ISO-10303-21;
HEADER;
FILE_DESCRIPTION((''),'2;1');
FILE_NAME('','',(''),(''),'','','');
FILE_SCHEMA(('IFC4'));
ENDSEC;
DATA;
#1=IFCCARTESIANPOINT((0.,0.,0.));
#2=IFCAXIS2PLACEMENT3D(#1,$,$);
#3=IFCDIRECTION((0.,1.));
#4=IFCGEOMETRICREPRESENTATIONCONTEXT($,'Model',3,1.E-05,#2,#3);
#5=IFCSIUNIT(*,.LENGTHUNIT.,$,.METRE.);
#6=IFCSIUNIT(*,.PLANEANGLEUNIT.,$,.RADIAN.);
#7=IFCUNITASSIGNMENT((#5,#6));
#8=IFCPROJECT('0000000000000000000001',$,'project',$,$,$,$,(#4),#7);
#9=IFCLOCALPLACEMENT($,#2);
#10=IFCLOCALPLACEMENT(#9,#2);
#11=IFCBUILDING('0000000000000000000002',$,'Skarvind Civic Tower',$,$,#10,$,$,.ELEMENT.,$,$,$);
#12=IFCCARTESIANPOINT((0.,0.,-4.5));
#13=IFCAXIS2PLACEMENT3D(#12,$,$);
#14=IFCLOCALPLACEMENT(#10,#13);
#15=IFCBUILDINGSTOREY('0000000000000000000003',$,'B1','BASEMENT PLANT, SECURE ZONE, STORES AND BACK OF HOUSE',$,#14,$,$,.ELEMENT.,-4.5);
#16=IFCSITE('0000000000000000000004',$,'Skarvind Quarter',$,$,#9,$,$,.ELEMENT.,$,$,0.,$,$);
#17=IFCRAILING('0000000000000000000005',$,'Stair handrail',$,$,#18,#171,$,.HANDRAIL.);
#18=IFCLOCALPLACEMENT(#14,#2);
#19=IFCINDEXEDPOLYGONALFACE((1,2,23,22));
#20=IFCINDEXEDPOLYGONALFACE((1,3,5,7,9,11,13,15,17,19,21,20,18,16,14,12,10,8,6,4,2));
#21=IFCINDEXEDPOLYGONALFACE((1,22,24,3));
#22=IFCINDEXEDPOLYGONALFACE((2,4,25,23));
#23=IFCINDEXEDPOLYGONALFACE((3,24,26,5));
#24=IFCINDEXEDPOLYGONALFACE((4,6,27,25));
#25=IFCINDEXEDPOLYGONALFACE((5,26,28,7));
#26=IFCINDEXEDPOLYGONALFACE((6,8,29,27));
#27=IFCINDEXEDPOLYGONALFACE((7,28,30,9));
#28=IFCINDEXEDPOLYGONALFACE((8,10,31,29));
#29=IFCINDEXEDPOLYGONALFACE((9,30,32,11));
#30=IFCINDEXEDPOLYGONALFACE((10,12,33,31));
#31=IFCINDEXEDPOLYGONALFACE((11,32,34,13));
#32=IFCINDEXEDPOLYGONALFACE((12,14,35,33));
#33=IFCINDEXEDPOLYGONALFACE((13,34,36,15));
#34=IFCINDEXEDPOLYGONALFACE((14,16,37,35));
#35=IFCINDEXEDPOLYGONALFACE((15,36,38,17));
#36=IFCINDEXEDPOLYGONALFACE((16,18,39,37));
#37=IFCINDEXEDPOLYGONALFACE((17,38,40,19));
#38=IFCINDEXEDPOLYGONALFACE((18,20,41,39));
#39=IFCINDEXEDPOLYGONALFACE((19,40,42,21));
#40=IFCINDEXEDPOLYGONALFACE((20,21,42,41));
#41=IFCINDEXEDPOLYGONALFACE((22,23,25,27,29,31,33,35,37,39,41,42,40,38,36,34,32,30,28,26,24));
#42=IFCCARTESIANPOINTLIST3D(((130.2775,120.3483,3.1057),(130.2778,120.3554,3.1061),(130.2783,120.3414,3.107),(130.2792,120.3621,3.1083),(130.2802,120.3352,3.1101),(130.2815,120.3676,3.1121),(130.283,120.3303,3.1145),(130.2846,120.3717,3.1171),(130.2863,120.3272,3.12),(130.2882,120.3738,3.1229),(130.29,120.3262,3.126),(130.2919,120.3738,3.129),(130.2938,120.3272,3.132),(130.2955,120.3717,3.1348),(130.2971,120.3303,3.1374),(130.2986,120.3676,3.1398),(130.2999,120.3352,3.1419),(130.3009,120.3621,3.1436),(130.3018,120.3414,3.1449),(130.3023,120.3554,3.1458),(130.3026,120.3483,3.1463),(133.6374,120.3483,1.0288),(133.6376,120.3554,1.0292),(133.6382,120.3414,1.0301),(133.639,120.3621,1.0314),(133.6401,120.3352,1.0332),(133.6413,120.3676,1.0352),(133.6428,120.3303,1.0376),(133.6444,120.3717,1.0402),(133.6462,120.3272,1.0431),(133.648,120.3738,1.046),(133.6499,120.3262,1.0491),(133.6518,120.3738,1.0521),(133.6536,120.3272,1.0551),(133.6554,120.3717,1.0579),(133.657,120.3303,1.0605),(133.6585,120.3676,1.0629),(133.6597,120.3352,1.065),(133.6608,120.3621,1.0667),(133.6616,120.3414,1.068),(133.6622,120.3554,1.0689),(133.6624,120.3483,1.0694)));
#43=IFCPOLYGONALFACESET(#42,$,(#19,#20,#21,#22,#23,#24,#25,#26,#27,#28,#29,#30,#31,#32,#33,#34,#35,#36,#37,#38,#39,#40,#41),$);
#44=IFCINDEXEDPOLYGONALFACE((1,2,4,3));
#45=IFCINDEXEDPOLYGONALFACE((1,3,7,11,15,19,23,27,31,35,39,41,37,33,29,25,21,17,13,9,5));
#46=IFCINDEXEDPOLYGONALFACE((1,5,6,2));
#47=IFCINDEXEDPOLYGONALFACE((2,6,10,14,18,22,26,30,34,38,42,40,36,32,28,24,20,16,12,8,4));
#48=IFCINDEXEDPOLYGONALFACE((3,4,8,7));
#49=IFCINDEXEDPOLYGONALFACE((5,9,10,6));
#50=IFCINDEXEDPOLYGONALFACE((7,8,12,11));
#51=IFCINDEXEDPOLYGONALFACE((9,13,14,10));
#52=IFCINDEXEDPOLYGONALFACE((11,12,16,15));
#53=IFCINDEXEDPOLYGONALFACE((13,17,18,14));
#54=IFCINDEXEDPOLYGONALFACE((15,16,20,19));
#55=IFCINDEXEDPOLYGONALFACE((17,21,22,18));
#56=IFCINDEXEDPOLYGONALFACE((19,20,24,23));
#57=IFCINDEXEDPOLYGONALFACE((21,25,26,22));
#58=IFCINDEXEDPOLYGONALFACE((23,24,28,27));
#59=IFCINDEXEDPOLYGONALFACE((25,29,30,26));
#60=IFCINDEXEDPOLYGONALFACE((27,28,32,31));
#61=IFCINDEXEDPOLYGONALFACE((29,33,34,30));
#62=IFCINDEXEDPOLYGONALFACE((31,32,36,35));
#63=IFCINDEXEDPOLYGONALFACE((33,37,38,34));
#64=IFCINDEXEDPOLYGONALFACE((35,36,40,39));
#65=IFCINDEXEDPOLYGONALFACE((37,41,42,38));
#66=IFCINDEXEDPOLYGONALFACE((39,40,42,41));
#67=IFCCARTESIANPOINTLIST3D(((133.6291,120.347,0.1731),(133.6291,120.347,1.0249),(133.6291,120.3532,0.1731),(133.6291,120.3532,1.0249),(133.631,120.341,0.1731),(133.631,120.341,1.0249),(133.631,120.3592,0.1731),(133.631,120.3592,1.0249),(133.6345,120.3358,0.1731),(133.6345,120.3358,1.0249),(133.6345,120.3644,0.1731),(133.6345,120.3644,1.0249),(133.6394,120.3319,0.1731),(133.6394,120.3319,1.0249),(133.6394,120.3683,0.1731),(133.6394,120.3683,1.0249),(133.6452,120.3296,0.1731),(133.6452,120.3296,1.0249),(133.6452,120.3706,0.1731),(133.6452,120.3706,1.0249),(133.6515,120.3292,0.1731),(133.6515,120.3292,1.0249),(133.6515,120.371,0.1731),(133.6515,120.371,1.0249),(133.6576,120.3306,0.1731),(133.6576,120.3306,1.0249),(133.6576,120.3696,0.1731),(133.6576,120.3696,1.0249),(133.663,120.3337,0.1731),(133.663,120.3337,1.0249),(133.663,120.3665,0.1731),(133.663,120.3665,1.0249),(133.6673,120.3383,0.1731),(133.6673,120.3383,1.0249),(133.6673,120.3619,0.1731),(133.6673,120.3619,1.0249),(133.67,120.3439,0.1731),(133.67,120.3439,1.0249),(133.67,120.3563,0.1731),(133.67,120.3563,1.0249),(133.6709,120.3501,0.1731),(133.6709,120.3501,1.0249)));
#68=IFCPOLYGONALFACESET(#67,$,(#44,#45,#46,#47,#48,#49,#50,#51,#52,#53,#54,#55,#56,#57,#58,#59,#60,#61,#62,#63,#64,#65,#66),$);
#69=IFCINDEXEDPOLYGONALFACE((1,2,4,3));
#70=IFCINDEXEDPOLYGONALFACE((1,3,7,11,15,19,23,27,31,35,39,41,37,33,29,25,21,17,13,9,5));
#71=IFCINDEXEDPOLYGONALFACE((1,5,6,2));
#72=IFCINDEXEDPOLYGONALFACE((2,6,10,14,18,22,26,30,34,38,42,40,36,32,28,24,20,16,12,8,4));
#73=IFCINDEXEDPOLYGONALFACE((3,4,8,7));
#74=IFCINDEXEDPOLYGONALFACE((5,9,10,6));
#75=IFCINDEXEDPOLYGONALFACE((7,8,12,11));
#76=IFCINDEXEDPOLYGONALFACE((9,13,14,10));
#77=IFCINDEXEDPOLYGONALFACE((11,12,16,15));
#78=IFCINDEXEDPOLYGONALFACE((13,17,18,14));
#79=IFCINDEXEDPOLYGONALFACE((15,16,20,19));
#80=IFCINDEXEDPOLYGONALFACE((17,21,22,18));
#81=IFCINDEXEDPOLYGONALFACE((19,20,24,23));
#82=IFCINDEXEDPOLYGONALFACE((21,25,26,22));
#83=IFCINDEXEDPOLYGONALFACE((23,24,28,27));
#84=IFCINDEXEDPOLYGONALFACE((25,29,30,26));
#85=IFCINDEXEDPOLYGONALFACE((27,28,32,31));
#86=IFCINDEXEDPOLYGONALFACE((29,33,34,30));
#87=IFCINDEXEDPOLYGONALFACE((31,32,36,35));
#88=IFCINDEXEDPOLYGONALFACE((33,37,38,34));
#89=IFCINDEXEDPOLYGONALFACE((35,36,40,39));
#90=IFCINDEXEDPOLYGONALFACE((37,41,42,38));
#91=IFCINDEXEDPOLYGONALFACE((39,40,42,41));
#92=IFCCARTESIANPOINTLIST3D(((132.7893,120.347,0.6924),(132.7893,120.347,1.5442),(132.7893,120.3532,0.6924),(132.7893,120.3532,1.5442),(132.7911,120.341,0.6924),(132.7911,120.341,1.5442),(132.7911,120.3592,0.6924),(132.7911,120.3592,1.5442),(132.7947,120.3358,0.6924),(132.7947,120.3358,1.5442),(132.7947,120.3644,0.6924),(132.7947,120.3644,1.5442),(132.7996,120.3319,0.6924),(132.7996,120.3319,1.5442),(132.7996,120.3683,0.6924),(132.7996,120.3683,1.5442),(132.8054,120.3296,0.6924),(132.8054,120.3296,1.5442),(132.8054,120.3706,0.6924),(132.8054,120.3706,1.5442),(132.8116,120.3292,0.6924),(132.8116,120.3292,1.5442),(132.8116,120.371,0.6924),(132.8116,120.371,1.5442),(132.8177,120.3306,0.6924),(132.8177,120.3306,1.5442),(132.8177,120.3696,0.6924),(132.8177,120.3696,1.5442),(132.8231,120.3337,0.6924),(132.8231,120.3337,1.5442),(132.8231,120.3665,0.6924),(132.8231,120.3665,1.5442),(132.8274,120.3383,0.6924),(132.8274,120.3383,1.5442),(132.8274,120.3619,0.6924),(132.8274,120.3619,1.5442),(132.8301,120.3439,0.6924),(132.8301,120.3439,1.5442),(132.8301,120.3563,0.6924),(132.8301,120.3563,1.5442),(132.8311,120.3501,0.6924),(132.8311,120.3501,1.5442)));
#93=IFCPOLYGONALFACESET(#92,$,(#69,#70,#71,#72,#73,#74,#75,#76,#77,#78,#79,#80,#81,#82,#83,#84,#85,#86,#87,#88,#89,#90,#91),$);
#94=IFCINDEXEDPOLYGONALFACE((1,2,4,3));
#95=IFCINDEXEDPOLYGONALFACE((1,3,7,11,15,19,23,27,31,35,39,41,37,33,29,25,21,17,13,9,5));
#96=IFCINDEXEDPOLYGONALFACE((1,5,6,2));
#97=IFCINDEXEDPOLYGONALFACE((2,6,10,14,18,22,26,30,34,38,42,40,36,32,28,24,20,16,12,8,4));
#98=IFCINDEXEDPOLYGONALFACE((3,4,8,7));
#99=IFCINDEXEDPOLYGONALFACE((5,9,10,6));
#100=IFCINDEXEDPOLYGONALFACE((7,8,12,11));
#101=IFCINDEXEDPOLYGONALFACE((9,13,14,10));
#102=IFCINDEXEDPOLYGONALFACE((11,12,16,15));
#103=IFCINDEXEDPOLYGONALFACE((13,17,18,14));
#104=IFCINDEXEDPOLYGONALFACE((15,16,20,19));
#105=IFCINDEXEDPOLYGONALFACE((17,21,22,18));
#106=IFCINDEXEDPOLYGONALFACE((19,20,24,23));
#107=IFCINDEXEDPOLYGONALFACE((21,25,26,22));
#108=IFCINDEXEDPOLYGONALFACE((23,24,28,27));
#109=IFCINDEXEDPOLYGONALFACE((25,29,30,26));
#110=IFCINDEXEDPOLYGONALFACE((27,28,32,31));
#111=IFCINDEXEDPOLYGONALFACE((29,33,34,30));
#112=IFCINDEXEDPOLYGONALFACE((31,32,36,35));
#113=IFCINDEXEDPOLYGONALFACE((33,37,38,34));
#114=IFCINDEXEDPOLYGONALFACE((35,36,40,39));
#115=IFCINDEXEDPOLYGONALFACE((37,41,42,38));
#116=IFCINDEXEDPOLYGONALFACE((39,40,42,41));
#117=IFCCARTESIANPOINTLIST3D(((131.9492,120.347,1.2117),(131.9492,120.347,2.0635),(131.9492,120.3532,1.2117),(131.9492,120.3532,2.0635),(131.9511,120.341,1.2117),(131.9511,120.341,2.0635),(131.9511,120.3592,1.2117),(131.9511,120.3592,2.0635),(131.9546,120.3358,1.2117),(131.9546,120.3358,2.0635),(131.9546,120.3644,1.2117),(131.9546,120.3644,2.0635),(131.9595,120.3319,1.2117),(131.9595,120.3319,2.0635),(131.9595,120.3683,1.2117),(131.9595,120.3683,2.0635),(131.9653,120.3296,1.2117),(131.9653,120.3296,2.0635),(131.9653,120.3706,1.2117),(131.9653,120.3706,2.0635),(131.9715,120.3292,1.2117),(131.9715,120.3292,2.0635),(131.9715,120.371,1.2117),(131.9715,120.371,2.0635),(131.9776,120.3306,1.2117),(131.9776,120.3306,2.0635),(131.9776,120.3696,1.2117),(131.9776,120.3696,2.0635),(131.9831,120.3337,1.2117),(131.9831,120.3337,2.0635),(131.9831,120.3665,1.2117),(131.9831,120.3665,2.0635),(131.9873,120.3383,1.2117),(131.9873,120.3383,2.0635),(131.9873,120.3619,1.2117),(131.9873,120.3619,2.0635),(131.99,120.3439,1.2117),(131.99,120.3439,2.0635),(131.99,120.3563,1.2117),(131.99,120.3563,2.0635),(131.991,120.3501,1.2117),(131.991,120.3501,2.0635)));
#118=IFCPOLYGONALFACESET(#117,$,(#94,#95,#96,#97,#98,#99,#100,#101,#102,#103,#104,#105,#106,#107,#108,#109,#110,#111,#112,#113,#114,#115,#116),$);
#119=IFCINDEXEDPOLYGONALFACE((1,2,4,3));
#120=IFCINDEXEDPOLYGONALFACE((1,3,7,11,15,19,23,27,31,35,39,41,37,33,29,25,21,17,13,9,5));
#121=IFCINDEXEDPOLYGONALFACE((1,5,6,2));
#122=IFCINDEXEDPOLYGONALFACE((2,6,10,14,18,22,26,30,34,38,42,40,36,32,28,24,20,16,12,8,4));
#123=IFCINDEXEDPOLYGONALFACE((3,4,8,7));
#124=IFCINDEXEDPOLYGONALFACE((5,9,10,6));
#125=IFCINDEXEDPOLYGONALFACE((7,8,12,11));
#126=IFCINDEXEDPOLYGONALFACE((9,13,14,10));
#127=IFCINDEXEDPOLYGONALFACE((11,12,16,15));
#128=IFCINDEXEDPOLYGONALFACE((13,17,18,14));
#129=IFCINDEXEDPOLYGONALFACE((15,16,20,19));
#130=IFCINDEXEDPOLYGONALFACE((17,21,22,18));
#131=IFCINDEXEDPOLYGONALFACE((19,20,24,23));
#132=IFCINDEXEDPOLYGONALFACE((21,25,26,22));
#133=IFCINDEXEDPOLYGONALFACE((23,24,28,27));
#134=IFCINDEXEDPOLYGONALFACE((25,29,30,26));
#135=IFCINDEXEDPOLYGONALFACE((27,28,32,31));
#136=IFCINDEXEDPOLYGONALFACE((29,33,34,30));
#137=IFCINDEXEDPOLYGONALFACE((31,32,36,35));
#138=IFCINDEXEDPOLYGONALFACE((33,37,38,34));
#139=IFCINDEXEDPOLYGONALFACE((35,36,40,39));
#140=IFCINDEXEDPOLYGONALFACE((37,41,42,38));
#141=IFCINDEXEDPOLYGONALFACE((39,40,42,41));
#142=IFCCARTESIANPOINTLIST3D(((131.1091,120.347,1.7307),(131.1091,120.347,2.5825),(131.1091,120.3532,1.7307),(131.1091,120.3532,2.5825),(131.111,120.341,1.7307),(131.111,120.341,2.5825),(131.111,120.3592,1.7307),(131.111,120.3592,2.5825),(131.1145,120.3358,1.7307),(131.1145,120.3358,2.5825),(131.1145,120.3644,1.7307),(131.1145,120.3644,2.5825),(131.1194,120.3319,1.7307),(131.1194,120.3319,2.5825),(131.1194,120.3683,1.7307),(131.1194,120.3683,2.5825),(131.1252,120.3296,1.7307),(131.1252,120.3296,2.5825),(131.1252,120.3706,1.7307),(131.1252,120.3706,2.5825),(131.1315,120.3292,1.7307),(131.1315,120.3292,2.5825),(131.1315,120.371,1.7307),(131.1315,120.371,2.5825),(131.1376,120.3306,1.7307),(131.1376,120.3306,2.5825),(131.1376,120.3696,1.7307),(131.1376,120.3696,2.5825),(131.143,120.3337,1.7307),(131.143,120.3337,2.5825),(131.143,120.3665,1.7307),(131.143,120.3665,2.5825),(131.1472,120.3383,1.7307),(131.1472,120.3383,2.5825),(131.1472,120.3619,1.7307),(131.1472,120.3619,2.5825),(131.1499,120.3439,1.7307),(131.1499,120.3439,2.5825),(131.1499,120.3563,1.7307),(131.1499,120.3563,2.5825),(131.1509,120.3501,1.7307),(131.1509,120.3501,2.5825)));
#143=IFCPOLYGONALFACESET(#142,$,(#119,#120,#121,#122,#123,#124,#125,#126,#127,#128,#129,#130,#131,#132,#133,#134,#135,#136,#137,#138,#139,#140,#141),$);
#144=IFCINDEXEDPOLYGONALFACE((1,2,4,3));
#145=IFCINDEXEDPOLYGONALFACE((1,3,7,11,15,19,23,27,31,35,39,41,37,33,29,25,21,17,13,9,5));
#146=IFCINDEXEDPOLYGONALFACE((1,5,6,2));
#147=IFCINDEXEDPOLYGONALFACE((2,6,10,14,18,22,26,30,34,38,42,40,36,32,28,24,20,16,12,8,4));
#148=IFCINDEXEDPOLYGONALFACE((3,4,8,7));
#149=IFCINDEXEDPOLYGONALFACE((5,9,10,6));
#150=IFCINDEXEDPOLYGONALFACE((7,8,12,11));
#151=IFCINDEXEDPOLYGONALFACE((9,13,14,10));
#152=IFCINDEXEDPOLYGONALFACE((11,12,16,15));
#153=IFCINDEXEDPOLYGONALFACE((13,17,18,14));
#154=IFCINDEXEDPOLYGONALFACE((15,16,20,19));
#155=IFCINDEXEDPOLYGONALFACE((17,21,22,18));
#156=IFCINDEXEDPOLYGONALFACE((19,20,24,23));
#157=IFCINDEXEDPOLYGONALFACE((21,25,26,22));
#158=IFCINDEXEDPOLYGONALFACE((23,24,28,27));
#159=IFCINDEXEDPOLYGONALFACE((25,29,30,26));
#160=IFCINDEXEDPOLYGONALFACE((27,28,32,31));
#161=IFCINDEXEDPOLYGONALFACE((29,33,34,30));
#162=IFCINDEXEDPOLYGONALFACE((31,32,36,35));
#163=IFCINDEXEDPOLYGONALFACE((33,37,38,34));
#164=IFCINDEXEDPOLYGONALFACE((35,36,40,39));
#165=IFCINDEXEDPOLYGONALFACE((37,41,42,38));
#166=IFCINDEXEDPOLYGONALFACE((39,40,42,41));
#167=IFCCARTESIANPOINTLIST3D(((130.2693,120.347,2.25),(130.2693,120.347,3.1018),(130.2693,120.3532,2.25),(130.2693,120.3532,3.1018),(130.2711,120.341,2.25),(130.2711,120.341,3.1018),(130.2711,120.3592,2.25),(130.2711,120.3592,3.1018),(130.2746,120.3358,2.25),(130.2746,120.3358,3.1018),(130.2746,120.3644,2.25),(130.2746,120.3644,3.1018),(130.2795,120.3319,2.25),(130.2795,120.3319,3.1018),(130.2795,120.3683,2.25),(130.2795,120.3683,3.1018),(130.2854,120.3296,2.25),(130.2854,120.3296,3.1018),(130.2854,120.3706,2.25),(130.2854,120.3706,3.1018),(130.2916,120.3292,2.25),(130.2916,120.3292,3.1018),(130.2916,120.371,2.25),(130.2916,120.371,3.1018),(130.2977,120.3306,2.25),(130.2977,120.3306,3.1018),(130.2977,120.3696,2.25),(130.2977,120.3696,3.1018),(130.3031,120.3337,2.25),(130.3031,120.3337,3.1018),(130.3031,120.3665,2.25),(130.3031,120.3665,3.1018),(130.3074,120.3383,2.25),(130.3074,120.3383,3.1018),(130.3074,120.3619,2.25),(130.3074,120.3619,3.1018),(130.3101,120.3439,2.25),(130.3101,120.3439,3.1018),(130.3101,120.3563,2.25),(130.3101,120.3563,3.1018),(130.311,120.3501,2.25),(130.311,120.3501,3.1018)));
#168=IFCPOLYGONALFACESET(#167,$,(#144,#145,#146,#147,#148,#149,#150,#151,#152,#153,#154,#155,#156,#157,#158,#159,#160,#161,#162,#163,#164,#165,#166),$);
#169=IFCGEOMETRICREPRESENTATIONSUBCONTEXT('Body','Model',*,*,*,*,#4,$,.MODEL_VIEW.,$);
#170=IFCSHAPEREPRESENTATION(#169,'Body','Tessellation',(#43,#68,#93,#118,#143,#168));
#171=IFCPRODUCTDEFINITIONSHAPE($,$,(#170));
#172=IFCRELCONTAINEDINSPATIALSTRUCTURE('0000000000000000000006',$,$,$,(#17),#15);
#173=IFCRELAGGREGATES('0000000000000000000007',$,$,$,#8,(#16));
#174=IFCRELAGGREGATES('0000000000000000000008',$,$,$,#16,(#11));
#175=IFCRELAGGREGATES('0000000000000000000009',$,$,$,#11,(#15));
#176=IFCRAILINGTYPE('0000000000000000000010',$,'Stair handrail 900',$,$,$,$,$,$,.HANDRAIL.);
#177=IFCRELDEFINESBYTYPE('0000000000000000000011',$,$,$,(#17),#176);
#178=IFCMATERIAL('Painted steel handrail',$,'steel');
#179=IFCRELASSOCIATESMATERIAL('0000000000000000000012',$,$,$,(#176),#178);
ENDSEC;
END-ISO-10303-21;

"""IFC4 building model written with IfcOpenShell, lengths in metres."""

from ifc_helpers import new_model, si_unit, direction, frame, origin, origin_2d, place, context, subcontext, project, spatial, circle, extrude, material, type_object, element, save


model = new_model("IFC4")

# Units and contexts
model_context = context("Model", 3, precision=1e-05, world=origin(), true_north=direction((0.0, 1.0)))
body_context = subcontext(model_context, "Body", "Model", "MODEL_VIEW")
ifc_project = project(units=[si_unit("LENGTHUNIT", "METRE"), si_unit("PLANEANGLEUNIT", "RADIAN")], contexts=[model_context])

# Site, building, storey
site_placement = place(None, origin())
site = spatial("IfcSite", under=ifc_project, at=site_placement, Name="Skarvind Quarter", CompositionType="ELEMENT", RefElevation=0.0)
building_placement = place(site_placement, origin())
building = spatial("IfcBuilding", under=site, at=building_placement, Name="Skarvind Civic Tower", CompositionType="ELEMENT")
storey_placement = place(building_placement, frame((0.0, 0.0, -4.5)))
storey = spatial("IfcBuildingStorey", under=building, at=storey_placement, Name="B1", Description="BASEMENT PLANT, SECURE ZONE, STORES AND BACK OF HOUSE", CompositionType="ELEMENT", Elevation=-4.5)

# Railing
ifc_material_1 = material(Name="Painted steel handrail", Category="steel")
railing_type = type_object("IfcRailingType", Name="Stair handrail 900", PredefinedType="HANDRAIL", material=ifc_material_1)
railing_1_placement = place(storey_placement, frame((133.6499, 120.3501, 0.1731)))
element("IfcRailing", 1, at=railing_1_placement, inside=storey, type_object=railing_type, Name="Stair handrail", PredefinedType="HANDRAIL", context=body_context, shape_type="SweptSolid", body=[
    extrude(circle(Radius=0.0239, at=origin_2d()), frame((0.0, 0.0, 0.876), z_axis=(-0.850606, 0.0, 0.525803), x_axis=(0.0, -1.0, 0.0)), (0.0, 0.0, 1.0), 3.95),
    extrude(circle(Radius=0.021, at=origin_2d()), origin(), (0.0, 0.0, 1.0), 0.8518),
    extrude(circle(Radius=0.021, at=origin_2d()), frame((-0.8398, 0.0, 0.5193)), (0.0, 0.0, 1.0), 0.8518),
    extrude(circle(Radius=0.021, at=origin_2d()), frame((-1.6799, 0.0, 1.0386)), (0.0, 0.0, 1.0), 0.8518),
    extrude(circle(Radius=0.021, at=origin_2d()), frame((-2.52, 0.0, 1.5576)), (0.0, 0.0, 1.0), 0.8518),
    extrude(circle(Radius=0.021, at=origin_2d()), frame((-3.3599, 0.0, 2.0769)), (0.0, 0.0, 1.0), 0.8518),
])

save(model, "model.ifc")
